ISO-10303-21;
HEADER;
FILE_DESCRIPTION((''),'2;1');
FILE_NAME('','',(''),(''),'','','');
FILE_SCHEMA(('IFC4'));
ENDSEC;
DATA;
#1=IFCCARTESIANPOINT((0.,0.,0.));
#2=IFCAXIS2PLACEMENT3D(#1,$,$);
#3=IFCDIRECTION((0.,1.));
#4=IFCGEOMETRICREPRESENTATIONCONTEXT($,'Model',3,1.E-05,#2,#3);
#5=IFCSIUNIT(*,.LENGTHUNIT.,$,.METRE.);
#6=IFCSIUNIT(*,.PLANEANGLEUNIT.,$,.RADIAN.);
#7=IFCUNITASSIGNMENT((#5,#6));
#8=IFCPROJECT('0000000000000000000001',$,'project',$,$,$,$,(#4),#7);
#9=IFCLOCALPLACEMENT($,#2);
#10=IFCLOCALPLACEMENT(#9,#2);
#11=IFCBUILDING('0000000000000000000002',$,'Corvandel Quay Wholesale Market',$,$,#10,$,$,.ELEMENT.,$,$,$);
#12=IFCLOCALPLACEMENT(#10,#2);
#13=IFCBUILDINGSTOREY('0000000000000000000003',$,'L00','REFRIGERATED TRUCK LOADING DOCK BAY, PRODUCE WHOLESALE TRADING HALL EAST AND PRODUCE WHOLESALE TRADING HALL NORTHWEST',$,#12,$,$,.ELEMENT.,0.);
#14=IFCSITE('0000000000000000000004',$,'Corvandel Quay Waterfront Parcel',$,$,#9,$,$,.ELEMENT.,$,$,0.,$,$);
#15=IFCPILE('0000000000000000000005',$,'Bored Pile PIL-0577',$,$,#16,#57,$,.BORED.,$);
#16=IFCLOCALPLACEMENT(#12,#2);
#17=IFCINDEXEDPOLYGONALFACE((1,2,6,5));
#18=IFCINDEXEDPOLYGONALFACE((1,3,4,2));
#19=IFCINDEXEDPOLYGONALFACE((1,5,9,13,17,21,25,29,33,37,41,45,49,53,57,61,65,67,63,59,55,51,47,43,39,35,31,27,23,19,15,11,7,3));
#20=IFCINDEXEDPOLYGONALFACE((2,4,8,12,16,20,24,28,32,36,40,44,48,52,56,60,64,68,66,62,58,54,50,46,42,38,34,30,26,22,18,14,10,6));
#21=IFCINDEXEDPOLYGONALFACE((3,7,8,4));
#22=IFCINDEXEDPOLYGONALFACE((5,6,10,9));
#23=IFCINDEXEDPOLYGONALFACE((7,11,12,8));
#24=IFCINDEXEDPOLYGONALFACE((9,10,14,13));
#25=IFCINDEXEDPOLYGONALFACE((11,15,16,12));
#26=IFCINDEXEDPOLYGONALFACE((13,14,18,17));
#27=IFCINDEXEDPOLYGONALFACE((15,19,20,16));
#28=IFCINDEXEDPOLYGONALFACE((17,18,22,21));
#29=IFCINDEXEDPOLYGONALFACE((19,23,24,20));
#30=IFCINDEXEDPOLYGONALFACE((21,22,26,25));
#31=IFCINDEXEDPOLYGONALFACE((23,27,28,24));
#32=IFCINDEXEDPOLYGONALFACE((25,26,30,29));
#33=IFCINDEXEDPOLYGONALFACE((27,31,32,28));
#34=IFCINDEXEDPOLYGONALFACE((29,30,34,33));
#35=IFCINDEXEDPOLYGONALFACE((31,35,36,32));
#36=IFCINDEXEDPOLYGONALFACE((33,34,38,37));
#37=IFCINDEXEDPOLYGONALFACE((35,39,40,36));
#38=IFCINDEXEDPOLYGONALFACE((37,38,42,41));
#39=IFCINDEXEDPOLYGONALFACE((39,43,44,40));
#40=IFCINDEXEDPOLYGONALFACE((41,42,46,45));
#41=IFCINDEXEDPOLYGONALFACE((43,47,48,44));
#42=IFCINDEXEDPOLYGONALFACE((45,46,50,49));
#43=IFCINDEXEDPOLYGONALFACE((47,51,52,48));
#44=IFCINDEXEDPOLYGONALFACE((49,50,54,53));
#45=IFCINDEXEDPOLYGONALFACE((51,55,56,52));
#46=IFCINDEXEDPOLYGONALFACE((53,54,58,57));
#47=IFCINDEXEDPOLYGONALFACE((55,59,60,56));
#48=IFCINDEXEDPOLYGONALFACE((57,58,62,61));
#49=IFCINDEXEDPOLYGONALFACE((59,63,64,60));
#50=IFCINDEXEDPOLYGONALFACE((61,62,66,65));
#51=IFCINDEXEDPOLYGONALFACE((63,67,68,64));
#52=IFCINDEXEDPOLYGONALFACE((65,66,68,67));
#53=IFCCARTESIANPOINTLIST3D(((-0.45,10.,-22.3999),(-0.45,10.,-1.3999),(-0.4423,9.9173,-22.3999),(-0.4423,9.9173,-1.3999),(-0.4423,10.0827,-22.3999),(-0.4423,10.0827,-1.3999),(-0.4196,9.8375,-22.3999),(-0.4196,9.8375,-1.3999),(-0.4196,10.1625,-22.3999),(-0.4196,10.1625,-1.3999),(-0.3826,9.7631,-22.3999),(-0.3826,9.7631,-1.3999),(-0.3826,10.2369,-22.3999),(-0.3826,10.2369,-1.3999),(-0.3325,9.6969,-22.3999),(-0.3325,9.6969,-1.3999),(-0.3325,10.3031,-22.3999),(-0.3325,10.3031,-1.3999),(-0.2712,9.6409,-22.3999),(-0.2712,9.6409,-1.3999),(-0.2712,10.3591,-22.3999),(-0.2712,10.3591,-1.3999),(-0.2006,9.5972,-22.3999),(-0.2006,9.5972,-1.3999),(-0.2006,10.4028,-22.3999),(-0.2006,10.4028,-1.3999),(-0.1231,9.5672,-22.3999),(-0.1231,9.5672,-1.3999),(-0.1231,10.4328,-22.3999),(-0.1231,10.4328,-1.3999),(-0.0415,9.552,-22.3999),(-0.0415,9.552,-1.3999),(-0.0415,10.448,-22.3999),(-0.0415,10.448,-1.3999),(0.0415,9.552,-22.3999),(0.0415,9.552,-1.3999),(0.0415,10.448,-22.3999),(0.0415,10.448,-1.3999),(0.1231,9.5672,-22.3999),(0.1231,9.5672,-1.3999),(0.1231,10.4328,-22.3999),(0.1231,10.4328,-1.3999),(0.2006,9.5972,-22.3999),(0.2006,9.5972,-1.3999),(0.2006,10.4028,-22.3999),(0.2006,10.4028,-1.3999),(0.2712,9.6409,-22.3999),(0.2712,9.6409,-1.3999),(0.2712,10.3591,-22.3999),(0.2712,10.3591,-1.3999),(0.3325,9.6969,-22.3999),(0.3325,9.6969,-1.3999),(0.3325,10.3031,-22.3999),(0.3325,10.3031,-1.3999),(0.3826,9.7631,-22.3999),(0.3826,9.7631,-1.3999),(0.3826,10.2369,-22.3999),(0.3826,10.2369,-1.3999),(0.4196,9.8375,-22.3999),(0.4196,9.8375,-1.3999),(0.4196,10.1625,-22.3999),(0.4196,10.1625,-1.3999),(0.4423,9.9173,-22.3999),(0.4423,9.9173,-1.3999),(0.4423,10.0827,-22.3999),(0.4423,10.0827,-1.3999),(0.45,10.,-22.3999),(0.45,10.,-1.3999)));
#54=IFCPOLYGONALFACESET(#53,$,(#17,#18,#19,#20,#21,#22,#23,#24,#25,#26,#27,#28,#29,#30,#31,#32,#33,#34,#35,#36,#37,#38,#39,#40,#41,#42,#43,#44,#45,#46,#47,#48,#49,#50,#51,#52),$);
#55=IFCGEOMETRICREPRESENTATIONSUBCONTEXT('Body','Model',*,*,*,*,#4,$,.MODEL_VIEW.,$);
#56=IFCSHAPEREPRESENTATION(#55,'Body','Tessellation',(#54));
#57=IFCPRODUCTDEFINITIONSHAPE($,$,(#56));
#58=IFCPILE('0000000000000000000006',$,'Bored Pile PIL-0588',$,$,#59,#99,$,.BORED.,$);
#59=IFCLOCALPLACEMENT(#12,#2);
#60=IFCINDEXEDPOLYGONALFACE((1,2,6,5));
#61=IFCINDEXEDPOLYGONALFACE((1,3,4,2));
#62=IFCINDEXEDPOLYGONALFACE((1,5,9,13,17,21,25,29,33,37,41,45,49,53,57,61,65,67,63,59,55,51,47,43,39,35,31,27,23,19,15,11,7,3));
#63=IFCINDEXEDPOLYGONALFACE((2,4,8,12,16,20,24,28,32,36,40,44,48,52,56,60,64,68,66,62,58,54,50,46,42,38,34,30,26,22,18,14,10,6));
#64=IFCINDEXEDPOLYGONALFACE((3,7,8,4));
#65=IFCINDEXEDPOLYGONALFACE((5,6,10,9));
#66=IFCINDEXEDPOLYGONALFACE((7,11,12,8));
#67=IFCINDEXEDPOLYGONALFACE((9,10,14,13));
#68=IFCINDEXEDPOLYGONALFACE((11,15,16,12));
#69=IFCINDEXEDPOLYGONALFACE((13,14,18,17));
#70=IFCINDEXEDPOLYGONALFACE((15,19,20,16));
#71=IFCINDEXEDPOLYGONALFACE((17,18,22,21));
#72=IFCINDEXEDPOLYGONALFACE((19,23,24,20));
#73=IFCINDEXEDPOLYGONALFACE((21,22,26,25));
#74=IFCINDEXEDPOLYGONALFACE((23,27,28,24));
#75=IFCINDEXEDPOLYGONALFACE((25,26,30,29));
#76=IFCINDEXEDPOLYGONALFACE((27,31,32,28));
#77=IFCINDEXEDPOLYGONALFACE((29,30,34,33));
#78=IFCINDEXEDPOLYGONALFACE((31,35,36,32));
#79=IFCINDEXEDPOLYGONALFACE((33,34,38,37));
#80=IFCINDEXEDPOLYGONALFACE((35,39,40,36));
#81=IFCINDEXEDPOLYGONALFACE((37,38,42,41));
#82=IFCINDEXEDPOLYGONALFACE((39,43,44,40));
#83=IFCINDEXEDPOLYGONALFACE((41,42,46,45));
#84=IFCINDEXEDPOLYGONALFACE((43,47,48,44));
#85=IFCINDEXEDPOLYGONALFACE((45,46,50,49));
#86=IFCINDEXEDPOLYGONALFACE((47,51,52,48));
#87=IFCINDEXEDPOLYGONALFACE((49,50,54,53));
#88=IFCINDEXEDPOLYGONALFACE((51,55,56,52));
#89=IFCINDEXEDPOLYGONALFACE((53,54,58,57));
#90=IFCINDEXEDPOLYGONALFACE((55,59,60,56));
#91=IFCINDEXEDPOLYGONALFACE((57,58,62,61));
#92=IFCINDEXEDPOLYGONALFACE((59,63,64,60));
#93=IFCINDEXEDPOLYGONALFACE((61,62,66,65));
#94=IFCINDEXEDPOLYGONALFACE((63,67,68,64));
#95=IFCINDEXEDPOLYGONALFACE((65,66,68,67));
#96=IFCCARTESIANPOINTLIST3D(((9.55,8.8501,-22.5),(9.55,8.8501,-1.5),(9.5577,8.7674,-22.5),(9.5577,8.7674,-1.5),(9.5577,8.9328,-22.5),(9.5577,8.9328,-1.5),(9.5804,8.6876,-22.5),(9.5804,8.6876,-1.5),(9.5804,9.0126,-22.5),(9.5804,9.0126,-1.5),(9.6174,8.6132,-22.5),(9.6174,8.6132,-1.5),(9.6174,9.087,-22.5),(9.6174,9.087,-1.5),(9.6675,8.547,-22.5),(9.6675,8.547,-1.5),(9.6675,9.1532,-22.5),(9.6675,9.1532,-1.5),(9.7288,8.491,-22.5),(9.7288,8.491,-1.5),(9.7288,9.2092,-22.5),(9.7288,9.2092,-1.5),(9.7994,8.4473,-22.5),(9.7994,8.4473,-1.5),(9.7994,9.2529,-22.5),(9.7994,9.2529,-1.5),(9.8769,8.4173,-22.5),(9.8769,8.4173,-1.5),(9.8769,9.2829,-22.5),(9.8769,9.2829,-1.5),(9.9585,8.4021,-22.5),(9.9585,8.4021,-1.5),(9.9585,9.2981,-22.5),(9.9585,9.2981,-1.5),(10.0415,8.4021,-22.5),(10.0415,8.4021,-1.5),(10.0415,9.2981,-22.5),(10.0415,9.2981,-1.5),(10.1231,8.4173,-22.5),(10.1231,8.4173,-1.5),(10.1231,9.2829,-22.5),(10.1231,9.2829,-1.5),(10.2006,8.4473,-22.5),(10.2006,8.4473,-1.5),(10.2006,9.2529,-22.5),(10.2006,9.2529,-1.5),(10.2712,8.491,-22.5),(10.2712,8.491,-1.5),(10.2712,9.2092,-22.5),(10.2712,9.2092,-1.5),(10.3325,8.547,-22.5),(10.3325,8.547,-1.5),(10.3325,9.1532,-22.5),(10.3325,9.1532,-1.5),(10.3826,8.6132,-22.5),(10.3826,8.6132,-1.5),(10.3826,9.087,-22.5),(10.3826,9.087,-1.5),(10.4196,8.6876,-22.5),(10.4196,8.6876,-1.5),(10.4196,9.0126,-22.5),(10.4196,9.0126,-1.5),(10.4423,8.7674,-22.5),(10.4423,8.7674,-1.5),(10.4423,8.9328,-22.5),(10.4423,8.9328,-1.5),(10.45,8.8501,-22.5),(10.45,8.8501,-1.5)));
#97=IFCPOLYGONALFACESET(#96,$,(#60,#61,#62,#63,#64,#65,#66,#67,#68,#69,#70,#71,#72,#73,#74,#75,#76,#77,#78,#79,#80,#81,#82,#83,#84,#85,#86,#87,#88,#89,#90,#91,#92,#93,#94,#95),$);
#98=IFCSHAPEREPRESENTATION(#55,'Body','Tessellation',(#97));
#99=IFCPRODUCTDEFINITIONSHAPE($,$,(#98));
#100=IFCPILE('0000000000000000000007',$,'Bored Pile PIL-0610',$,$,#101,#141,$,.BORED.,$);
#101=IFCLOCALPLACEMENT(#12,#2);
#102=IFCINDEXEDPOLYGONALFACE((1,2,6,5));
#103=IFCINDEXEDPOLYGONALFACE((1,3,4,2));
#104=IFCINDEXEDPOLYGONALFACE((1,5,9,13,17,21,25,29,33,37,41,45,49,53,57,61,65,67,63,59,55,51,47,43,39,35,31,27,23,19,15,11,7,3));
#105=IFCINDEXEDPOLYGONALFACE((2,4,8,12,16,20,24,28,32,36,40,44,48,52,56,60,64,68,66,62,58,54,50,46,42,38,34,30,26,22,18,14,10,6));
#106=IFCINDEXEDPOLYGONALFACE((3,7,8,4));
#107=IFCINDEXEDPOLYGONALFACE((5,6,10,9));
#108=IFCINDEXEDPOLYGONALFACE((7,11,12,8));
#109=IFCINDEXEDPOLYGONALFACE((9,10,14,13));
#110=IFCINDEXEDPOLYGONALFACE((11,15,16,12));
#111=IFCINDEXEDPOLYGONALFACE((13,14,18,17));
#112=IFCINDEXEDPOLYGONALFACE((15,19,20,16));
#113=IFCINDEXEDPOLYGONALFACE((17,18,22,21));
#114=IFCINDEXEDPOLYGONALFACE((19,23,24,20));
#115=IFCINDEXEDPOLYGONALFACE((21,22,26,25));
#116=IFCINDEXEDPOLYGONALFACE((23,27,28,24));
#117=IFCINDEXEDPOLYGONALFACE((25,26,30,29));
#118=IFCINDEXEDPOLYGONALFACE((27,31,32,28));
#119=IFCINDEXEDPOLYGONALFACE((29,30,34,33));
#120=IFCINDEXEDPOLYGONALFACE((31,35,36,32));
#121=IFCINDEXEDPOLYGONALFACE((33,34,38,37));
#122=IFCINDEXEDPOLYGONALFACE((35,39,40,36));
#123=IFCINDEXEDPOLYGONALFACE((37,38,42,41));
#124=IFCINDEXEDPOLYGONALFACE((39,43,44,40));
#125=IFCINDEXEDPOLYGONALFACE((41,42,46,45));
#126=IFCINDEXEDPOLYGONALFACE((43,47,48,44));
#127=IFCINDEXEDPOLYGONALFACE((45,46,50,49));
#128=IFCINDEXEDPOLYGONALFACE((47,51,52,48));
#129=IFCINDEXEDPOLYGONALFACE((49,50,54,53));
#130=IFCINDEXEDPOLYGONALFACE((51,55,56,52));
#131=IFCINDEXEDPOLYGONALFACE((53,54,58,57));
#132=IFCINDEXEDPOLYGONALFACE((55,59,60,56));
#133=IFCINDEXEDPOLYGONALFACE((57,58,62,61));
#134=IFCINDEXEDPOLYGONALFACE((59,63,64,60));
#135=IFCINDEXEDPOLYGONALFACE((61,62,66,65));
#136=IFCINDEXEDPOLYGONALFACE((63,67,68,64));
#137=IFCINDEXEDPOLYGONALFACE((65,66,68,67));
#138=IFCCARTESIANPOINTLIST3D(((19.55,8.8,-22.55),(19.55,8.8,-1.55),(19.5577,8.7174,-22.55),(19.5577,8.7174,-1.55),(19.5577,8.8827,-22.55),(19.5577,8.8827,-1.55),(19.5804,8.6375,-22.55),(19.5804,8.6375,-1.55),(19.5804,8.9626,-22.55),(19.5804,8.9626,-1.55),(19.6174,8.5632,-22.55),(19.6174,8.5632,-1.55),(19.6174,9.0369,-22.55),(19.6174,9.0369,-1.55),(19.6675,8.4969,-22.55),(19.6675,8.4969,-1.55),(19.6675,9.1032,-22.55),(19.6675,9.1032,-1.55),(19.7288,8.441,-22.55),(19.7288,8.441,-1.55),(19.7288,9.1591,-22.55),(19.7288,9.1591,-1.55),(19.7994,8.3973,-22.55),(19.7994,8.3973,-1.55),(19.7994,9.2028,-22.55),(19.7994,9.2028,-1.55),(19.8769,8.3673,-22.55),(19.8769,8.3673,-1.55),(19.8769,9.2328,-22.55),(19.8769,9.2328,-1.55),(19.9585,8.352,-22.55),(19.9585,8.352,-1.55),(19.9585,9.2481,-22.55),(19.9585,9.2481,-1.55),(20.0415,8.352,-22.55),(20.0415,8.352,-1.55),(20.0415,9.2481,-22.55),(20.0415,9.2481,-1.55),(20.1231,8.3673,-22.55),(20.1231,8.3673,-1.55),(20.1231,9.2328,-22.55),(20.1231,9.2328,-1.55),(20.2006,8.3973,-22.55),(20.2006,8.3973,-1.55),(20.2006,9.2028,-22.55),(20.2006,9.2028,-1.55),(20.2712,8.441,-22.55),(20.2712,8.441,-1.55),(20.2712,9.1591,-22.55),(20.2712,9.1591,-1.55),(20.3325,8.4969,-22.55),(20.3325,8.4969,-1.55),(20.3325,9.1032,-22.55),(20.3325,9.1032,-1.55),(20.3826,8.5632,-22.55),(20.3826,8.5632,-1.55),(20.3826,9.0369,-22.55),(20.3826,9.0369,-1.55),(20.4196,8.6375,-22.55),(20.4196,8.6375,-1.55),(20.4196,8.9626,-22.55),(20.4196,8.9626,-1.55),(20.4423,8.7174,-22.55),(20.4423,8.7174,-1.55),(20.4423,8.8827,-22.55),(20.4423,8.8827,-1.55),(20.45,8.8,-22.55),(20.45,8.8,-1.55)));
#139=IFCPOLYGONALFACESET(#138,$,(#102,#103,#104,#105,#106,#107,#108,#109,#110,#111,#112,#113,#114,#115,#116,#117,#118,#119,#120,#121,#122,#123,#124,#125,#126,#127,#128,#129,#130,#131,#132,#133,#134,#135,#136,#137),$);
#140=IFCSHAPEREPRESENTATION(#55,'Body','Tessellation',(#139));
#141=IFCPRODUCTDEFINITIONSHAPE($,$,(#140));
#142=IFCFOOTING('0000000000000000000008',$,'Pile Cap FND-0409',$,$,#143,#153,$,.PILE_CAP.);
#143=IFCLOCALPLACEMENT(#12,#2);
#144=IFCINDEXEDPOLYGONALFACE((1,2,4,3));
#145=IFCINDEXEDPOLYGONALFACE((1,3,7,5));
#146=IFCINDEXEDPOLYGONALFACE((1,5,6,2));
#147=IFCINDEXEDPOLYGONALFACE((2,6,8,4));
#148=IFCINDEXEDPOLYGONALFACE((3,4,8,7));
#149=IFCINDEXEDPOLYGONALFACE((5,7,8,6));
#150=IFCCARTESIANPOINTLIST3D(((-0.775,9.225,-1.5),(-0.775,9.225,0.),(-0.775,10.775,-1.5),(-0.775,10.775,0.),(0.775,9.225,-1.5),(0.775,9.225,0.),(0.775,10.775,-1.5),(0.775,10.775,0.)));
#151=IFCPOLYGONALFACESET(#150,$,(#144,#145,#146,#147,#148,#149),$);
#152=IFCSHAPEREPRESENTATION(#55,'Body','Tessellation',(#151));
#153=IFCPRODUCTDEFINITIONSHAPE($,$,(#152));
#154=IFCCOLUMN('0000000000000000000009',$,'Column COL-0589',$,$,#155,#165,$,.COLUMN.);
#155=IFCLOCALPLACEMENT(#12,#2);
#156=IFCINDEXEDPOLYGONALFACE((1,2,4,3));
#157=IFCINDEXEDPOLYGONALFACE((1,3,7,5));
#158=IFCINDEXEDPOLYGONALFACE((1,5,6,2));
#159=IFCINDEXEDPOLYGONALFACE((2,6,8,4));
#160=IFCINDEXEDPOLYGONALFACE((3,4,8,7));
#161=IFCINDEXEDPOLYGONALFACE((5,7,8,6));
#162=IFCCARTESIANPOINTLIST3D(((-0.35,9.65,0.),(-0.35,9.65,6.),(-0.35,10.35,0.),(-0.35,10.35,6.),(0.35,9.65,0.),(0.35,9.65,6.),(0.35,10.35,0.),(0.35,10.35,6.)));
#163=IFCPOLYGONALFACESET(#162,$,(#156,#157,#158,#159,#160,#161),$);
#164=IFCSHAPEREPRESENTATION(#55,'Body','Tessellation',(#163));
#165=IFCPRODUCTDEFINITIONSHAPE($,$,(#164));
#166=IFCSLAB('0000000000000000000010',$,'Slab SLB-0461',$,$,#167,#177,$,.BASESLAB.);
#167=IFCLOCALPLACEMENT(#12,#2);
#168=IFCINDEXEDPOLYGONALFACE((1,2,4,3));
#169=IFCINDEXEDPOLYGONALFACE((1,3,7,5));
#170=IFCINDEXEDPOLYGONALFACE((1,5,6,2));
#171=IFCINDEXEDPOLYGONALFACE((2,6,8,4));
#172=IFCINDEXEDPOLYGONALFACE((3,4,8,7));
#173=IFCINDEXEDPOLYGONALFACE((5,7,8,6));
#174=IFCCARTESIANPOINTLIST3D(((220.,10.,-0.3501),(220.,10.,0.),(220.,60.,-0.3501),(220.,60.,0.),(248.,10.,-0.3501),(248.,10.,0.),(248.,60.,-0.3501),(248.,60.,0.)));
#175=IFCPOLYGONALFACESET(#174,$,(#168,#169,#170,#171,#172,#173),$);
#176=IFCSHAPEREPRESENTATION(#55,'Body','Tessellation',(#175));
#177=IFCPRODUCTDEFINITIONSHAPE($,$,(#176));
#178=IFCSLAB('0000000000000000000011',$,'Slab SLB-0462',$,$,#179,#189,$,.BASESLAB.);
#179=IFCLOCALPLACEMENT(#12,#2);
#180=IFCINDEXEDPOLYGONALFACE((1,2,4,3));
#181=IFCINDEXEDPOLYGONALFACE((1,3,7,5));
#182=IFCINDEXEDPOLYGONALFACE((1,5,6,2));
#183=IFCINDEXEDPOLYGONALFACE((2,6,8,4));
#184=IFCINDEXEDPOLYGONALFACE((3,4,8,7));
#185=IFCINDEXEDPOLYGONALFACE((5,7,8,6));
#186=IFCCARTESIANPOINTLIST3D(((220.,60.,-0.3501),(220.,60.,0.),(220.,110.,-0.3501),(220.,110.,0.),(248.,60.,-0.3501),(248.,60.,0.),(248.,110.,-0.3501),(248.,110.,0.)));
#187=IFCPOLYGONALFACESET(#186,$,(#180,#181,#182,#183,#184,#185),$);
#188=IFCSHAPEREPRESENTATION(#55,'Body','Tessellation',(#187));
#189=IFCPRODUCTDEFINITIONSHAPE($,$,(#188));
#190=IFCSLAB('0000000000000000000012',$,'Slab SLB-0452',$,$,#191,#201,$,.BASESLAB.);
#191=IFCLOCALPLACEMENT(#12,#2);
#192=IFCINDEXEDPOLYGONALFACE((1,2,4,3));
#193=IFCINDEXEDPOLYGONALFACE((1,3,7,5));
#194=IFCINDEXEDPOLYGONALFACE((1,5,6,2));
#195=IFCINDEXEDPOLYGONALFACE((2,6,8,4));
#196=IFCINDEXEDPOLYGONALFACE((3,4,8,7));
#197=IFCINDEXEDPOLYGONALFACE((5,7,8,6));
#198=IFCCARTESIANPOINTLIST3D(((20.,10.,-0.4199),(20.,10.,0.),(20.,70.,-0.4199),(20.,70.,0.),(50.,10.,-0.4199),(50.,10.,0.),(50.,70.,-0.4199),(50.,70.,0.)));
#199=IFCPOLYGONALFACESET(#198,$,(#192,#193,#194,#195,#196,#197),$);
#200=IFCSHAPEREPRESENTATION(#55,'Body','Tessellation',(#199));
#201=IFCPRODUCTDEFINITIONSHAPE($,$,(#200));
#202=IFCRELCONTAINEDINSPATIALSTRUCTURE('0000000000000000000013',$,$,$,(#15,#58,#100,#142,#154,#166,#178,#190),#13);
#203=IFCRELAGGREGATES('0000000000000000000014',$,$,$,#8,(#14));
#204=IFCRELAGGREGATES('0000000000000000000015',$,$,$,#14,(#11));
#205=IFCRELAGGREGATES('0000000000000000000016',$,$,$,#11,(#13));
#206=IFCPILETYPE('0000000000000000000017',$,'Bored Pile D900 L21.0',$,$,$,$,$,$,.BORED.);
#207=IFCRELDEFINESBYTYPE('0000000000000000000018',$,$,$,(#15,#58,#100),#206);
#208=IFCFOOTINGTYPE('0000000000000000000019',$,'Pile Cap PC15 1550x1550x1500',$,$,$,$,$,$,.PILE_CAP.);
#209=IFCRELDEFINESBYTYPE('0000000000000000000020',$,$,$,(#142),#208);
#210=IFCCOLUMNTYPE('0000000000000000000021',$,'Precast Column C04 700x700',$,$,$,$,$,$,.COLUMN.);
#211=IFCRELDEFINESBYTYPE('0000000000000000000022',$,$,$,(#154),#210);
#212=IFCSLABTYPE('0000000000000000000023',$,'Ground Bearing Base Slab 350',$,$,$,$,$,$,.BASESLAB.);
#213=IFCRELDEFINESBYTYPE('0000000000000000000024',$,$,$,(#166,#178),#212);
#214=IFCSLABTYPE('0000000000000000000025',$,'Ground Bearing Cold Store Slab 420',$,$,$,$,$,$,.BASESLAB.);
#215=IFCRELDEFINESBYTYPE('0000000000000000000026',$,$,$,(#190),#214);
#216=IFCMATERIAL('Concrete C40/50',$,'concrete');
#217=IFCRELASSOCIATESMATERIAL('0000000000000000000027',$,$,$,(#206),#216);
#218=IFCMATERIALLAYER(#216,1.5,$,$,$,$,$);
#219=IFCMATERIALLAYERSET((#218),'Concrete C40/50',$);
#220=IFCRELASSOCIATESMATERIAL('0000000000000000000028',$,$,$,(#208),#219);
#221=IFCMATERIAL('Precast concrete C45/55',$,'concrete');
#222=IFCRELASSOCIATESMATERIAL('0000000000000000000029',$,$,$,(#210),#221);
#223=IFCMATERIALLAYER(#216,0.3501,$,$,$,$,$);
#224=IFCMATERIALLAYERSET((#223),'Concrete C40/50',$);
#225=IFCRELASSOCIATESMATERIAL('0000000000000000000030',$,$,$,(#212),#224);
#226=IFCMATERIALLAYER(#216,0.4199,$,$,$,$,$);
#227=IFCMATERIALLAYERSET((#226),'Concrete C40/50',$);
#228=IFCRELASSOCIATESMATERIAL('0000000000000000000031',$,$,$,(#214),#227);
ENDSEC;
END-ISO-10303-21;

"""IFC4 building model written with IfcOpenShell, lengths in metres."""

from ifc_helpers import new_model, si_unit, direction, frame, origin, origin_2d, place, context, subcontext, project, spatial, polyline, rectangle, circle, outline, extrude, material, layer, layer_set, material_profile, profile_set, type_object, element, save


model = new_model("IFC4")

# Units and contexts
model_context = context("Model", 3, precision=1e-05, world=origin(), true_north=direction((0.0, 1.0)))
body_context = subcontext(model_context, "Body", "Model", "MODEL_VIEW")
ifc_project = project(units=[si_unit("LENGTHUNIT", "METRE"), si_unit("PLANEANGLEUNIT", "RADIAN")], contexts=[model_context])

# Site, building, storey
site_placement = place(None, origin())
site = spatial("IfcSite", under=ifc_project, at=site_placement, Name="Corvandel Quay Waterfront Parcel", CompositionType="ELEMENT", RefElevation=0.0)
building_placement = place(site_placement, origin())
building = spatial("IfcBuilding", under=site, at=building_placement, Name="Corvandel Quay Wholesale Market", CompositionType="ELEMENT")
storey_placement = place(building_placement, origin())
storey = spatial("IfcBuildingStorey", under=building, at=storey_placement, Name="L00", Description="REFRIGERATED TRUCK LOADING DOCK BAY, PRODUCE WHOLESALE TRADING HALL EAST AND PRODUCE WHOLESALE TRADING HALL NORTHWEST", CompositionType="ELEMENT", Elevation=0.0)

# Piles
ifc_material_1 = material(Name="Concrete C40/50", Category="concrete")
ifc_material_profile_1 = material_profile(ifc_material_1, circle(Radius=0.45, at=origin_2d()), Name="RC-PILE-D900")
ifc_profile_set_1 = profile_set([ifc_material_profile_1], Name="Concrete C40/50")
pile_type = type_object("IfcPileType", Name="Bored Pile D900 L21.0", PredefinedType="BORED", material=ifc_profile_set_1)
for number, where, z_axis, x_axis, name in (
    (1, (0.0, 10.0, -1.3999), (0.0, 0.0, -1.0), (1.0, 0.0, 0.0), "Bored Pile PIL-0577"),
    (2, (10.0, 8.8501, -1.5), (0.0, 0.0, -1.0), (1.0, 0.0, 0.0), "Bored Pile PIL-0588"),
    (3, (20.0, 8.8, -1.55), (0.0, 0.0, -1.0), (1.0, 0.0, 0.0), "Bored Pile PIL-0610"),
):
    element("IfcPile", number, at=place(storey_placement, frame(where, z_axis=z_axis, x_axis=x_axis)), inside=storey, type_object=pile_type, Name=name, PredefinedType="BORED", context=body_context, shape_type="SweptSolid", body=[
        extrude(circle(Radius=0.45, at=origin_2d()), origin(), (0.0, 0.0, 1.0), 21.0),
    ])

# Footing
ifc_layer_1 = layer(ifc_material_1, 1.5)
ifc_layer_set_1 = layer_set([ifc_layer_1], Name="Concrete C40/50")
footing_type = type_object("IfcFootingType", Name="Pile Cap PC15 1550x1550x1500", PredefinedType="PILE_CAP", material=ifc_layer_set_1)
footing_placement = place(storey_placement, frame((0.0, 10.0, -1.5), z_axis=(0.0, 0.0, 1.0), x_axis=(1.0, 0.0, 0.0)))
element("IfcFooting", 4, at=footing_placement, inside=storey, type_object=footing_type, Name="Pile Cap FND-0409", PredefinedType="PILE_CAP", context=body_context, shape_type="SweptSolid", body=[
    extrude(rectangle(XDim=1.55, YDim=1.55, at=origin_2d()), origin(), (0.0, 0.0, 1.0), 1.5),
])

# Column
ifc_material_2 = material(Name="Precast concrete C45/55", Category="concrete")
ifc_material_profile_2 = material_profile(ifc_material_2, rectangle(XDim=0.7, YDim=0.7, at=origin_2d()), Name="PC-COL-700x700")
ifc_profile_set_2 = profile_set([ifc_material_profile_2], Name="Precast concrete C45/55")
column_type = type_object("IfcColumnType", Name="Precast Column C04 700x700", PredefinedType="COLUMN", material=ifc_profile_set_2)
column_placement = place(storey_placement, frame((0.0, 10.0, 0.0), z_axis=(0.0, 0.0, 1.0), x_axis=(1.0, 0.0, 0.0)))
element("IfcColumn", 5, at=column_placement, inside=storey, type_object=column_type, Name="Column COL-0589", PredefinedType="COLUMN", context=body_context, shape_type="SweptSolid", body=[
    extrude(rectangle(XDim=0.7, YDim=0.7, at=origin_2d()), origin(), (0.0, 0.0, 1.0), 6.0),
])

# Slabs
ifc_layer_2 = layer(ifc_material_1, 0.3501)
ifc_layer_set_2 = layer_set([ifc_layer_2], Name="Concrete C40/50")
slab_type_1 = type_object("IfcSlabType", Name="Ground Bearing Base Slab 350", PredefinedType="BASESLAB", material=ifc_layer_set_2)
slab_1_placement = place(storey_placement, frame((0.0, 0.0, -0.3501)))
element("IfcSlab", 6, at=slab_1_placement, inside=storey, type_object=slab_type_1, Name="Slab SLB-0461", PredefinedType="BASESLAB", context=body_context, shape_type="SweptSolid", body=[
    extrude(outline(polyline([(220.0, 10.0), (248.0, 10.0), (248.0, 60.0), (220.0, 60.0), (220.0, 10.0)])), origin(), (0.0, 0.0, 1.0), 0.3501),
])
slab_2_placement = place(storey_placement, frame((0.0, 0.0, -0.3501)))
element("IfcSlab", 7, at=slab_2_placement, inside=storey, type_object=slab_type_1, Name="Slab SLB-0462", PredefinedType="BASESLAB", context=body_context, shape_type="SweptSolid", body=[
    extrude(outline(polyline([(220.0, 60.0), (248.0, 60.0), (248.0, 110.0), (220.0, 110.0), (220.0, 60.0)])), origin(), (0.0, 0.0, 1.0), 0.3501),
])
ifc_layer_3 = layer(ifc_material_1, 0.4199)
ifc_layer_set_3 = layer_set([ifc_layer_3], Name="Concrete C40/50")
slab_type_2 = type_object("IfcSlabType", Name="Ground Bearing Cold Store Slab 420", PredefinedType="BASESLAB", material=ifc_layer_set_3)
slab_3_placement = place(storey_placement, frame((0.0, 0.0, -0.4199)))
element("IfcSlab", 8, at=slab_3_placement, inside=storey, type_object=slab_type_2, Name="Slab SLB-0452", PredefinedType="BASESLAB", context=body_context, shape_type="SweptSolid", body=[
    extrude(outline(polyline([(20.0, 10.0), (50.0, 10.0), (50.0, 70.0), (20.0, 70.0), (20.0, 10.0)])), origin(), (0.0, 0.0, 1.0), 0.4199),
])

save(model, "model.ifc")
